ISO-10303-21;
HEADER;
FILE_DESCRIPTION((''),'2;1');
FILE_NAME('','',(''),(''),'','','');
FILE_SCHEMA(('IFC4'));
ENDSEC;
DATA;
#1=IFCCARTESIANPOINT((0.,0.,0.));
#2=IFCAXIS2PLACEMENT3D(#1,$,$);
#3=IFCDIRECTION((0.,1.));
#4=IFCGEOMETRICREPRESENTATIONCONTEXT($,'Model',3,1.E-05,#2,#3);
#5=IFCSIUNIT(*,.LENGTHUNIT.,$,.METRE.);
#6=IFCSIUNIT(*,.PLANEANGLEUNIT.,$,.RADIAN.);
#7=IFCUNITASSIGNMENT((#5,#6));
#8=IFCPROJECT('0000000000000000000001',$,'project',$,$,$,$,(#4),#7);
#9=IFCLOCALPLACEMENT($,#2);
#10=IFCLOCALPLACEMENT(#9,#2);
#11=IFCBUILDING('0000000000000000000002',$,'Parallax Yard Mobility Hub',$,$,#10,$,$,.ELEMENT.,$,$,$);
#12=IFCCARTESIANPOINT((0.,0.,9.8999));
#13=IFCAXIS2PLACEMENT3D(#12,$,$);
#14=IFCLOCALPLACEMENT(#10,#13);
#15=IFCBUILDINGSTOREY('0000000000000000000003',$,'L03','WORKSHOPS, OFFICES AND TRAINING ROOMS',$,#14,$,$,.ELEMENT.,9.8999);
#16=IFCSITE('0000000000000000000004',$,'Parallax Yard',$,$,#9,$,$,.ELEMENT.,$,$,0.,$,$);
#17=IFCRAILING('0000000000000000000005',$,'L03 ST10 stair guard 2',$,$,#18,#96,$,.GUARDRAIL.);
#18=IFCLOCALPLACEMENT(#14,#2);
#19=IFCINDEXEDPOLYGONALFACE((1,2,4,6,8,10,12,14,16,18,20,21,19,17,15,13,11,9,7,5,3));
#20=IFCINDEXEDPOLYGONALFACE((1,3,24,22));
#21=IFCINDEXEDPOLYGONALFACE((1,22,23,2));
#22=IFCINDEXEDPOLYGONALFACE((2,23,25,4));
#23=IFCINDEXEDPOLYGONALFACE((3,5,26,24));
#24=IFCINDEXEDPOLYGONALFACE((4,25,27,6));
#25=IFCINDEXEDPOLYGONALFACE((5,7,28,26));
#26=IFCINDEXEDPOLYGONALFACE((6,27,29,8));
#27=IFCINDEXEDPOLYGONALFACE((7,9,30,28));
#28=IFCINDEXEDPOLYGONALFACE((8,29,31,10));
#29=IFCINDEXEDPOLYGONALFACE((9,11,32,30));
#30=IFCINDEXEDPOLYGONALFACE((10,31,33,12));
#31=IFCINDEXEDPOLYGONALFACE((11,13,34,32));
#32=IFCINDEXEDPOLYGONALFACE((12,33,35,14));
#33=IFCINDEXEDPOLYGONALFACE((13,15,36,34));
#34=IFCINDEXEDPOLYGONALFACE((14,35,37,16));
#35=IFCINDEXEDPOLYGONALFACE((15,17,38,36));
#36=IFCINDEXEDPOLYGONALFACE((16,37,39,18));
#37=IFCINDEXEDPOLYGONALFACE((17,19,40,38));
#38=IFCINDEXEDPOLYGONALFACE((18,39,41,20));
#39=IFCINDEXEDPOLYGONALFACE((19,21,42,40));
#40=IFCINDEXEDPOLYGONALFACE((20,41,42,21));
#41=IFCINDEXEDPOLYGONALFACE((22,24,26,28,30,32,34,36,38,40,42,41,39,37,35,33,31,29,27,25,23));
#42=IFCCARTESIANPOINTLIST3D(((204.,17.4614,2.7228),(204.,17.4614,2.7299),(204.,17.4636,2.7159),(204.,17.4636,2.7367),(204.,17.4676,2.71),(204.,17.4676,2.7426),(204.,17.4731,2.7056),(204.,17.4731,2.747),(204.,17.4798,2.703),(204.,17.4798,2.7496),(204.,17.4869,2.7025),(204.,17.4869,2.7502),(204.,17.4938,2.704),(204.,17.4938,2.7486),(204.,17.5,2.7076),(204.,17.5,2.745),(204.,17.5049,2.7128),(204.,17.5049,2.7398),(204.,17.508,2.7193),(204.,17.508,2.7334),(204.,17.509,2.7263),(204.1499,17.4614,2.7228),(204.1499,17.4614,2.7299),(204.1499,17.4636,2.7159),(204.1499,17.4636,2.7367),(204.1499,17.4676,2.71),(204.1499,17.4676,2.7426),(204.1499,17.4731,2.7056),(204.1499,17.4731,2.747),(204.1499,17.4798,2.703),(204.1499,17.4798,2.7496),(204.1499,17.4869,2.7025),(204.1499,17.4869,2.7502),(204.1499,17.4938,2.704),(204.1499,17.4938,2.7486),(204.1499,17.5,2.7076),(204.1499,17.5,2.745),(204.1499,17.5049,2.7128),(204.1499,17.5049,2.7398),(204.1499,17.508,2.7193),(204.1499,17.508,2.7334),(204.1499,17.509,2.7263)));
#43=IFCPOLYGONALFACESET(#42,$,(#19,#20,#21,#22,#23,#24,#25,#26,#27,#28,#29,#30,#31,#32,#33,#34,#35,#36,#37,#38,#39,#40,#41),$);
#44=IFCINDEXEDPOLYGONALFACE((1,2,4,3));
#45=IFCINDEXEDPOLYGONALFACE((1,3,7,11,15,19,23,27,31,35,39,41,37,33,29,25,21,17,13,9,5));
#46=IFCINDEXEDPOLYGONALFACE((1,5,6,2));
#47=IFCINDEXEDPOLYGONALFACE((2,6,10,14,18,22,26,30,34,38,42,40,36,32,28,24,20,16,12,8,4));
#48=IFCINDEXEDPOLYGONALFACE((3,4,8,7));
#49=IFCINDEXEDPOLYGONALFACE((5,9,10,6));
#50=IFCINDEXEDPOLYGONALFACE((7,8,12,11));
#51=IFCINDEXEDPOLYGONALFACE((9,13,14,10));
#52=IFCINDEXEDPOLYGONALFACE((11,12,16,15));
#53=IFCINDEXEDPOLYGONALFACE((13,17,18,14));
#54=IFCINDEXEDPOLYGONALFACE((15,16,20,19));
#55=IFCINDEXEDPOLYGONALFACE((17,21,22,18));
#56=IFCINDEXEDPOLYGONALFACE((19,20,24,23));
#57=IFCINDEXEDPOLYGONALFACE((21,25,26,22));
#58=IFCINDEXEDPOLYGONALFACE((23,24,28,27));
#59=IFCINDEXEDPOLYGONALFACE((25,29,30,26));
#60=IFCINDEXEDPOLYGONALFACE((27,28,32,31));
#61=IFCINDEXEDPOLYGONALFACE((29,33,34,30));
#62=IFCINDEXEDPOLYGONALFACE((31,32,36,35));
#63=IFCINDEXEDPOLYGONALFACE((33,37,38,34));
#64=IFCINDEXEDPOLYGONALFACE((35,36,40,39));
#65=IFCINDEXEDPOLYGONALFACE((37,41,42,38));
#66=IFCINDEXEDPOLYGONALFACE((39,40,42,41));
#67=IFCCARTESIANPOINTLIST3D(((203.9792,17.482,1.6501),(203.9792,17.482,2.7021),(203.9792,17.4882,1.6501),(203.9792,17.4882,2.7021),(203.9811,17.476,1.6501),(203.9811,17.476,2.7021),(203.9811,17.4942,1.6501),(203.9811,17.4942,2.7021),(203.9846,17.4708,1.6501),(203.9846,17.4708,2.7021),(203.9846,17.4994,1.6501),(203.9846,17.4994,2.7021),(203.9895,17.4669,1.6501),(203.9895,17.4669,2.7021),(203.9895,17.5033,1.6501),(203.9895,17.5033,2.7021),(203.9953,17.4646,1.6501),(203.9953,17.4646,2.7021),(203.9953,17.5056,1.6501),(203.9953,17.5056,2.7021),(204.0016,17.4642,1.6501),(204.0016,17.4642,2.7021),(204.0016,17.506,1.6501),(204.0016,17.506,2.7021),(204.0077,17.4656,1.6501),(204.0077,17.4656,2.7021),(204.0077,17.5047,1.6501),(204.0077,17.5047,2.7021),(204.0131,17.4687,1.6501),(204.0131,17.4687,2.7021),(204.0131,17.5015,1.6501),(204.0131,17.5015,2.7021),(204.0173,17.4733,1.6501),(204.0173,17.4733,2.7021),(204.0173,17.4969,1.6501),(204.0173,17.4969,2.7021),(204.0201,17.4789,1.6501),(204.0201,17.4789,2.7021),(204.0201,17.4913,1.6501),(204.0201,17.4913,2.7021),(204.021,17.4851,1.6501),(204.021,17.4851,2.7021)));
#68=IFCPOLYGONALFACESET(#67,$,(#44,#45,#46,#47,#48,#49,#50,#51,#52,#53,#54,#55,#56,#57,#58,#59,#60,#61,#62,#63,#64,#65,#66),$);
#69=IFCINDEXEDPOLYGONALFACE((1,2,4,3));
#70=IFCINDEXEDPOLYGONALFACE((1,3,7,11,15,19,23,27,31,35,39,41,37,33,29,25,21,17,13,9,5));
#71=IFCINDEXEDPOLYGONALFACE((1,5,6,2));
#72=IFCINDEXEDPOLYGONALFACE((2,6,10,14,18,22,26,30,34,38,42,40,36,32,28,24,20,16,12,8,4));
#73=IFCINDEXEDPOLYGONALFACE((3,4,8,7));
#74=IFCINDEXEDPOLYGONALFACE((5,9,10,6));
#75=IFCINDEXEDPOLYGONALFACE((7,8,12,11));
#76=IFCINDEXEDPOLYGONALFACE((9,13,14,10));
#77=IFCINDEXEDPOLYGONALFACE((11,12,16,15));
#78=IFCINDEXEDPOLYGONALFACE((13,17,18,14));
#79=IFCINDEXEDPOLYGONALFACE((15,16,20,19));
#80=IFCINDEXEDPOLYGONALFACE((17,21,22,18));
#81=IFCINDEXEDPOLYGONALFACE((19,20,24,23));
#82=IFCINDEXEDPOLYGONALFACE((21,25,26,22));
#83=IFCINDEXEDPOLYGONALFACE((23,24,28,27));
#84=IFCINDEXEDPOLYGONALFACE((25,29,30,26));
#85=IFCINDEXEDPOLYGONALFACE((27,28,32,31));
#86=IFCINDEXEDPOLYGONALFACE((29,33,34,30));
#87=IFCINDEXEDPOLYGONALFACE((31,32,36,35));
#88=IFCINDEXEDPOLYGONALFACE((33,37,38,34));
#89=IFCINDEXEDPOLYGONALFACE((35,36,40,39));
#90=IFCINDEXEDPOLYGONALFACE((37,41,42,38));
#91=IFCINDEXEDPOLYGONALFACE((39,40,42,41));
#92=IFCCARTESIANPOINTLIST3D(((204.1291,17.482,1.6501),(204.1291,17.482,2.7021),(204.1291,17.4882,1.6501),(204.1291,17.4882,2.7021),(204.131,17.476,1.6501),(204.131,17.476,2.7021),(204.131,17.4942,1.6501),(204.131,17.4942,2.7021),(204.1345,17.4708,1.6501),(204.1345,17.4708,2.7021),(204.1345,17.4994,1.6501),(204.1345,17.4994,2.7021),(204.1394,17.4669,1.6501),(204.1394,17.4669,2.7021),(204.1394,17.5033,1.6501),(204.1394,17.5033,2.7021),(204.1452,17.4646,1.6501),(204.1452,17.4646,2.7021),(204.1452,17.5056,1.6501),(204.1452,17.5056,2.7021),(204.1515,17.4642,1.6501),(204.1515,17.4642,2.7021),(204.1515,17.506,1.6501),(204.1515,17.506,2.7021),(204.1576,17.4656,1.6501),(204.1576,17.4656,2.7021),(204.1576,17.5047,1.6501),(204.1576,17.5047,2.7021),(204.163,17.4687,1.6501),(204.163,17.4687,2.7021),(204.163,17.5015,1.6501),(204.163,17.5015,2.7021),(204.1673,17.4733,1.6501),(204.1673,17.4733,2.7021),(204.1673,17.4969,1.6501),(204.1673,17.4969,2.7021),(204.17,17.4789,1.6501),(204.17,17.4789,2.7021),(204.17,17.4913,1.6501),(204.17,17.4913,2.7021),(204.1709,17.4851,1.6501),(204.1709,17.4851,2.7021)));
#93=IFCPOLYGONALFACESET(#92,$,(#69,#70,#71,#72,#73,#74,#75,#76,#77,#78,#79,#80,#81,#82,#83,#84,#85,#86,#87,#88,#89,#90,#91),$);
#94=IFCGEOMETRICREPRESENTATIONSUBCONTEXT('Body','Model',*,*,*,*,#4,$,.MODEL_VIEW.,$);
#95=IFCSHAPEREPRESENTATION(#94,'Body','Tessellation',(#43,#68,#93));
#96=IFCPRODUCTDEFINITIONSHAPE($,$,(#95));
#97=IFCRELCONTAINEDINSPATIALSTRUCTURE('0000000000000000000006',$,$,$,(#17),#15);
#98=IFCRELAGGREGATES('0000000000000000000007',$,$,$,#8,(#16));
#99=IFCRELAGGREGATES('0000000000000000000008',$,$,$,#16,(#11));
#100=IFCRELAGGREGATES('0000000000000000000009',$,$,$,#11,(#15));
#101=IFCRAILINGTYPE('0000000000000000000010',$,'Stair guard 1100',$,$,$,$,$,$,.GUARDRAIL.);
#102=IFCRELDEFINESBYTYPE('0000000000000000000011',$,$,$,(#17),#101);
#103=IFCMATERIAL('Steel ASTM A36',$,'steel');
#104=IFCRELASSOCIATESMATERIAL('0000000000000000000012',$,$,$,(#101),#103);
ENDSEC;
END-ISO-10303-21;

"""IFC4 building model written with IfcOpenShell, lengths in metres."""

from ifc_helpers import new_model, si_unit, direction, frame, origin, origin_2d, place, context, subcontext, project, spatial, circle, extrude, material, type_object, element, save


model = new_model("IFC4")

# Units and contexts
model_context = context("Model", 3, precision=1e-05, world=origin(), true_north=direction((0.0, 1.0)))
body_context = subcontext(model_context, "Body", "Model", "MODEL_VIEW")
ifc_project = project(units=[si_unit("LENGTHUNIT", "METRE"), si_unit("PLANEANGLEUNIT", "RADIAN")], contexts=[model_context])

# Site, building, storey
site_placement = place(None, origin())
site = spatial("IfcSite", under=ifc_project, at=site_placement, Name="Parallax Yard", CompositionType="ELEMENT", RefElevation=0.0)
building_placement = place(site_placement, origin())
building = spatial("IfcBuilding", under=site, at=building_placement, Name="Parallax Yard Mobility Hub", CompositionType="ELEMENT")
storey_placement = place(building_placement, frame((0.0, 0.0, 9.8999)))
storey = spatial("IfcBuildingStorey", under=building, at=storey_placement, Name="L03", Description="WORKSHOPS, OFFICES AND TRAINING ROOMS", CompositionType="ELEMENT", Elevation=9.8999)

# Railing
ifc_material_1 = material(Name="Steel ASTM A36", Category="steel")
railing_type_1 = type_object("IfcRailingType", Name="Stair guard 1100", PredefinedType="GUARDRAIL", material=ifc_material_1)
railing_1_placement = place(storey_placement, frame((204.0, 17.4851, 1.6501)))
element("IfcRailing", 1, at=railing_1_placement, inside=storey, type_object=railing_type_1, Name="L03 ST10 stair guard 2", PredefinedType="GUARDRAIL", context=body_context, shape_type="SweptSolid", body=[
    extrude(circle(Radius=0.0239, at=origin_2d()), frame((0.0, 0.0, 1.0762), z_axis=(1.0, 0.0, 0.0), x_axis=(0.0, 1.0, 0.0)), (0.0, 0.0, 1.0), 0.1499),
    extrude(circle(Radius=0.021, at=origin_2d()), origin(), (0.0, 0.0, 1.0), 1.052),
    extrude(circle(Radius=0.021, at=origin_2d()), frame((0.1499, 0.0, 0.0)), (0.0, 0.0, 1.0), 1.052),
])

save(model, "model.ifc")
